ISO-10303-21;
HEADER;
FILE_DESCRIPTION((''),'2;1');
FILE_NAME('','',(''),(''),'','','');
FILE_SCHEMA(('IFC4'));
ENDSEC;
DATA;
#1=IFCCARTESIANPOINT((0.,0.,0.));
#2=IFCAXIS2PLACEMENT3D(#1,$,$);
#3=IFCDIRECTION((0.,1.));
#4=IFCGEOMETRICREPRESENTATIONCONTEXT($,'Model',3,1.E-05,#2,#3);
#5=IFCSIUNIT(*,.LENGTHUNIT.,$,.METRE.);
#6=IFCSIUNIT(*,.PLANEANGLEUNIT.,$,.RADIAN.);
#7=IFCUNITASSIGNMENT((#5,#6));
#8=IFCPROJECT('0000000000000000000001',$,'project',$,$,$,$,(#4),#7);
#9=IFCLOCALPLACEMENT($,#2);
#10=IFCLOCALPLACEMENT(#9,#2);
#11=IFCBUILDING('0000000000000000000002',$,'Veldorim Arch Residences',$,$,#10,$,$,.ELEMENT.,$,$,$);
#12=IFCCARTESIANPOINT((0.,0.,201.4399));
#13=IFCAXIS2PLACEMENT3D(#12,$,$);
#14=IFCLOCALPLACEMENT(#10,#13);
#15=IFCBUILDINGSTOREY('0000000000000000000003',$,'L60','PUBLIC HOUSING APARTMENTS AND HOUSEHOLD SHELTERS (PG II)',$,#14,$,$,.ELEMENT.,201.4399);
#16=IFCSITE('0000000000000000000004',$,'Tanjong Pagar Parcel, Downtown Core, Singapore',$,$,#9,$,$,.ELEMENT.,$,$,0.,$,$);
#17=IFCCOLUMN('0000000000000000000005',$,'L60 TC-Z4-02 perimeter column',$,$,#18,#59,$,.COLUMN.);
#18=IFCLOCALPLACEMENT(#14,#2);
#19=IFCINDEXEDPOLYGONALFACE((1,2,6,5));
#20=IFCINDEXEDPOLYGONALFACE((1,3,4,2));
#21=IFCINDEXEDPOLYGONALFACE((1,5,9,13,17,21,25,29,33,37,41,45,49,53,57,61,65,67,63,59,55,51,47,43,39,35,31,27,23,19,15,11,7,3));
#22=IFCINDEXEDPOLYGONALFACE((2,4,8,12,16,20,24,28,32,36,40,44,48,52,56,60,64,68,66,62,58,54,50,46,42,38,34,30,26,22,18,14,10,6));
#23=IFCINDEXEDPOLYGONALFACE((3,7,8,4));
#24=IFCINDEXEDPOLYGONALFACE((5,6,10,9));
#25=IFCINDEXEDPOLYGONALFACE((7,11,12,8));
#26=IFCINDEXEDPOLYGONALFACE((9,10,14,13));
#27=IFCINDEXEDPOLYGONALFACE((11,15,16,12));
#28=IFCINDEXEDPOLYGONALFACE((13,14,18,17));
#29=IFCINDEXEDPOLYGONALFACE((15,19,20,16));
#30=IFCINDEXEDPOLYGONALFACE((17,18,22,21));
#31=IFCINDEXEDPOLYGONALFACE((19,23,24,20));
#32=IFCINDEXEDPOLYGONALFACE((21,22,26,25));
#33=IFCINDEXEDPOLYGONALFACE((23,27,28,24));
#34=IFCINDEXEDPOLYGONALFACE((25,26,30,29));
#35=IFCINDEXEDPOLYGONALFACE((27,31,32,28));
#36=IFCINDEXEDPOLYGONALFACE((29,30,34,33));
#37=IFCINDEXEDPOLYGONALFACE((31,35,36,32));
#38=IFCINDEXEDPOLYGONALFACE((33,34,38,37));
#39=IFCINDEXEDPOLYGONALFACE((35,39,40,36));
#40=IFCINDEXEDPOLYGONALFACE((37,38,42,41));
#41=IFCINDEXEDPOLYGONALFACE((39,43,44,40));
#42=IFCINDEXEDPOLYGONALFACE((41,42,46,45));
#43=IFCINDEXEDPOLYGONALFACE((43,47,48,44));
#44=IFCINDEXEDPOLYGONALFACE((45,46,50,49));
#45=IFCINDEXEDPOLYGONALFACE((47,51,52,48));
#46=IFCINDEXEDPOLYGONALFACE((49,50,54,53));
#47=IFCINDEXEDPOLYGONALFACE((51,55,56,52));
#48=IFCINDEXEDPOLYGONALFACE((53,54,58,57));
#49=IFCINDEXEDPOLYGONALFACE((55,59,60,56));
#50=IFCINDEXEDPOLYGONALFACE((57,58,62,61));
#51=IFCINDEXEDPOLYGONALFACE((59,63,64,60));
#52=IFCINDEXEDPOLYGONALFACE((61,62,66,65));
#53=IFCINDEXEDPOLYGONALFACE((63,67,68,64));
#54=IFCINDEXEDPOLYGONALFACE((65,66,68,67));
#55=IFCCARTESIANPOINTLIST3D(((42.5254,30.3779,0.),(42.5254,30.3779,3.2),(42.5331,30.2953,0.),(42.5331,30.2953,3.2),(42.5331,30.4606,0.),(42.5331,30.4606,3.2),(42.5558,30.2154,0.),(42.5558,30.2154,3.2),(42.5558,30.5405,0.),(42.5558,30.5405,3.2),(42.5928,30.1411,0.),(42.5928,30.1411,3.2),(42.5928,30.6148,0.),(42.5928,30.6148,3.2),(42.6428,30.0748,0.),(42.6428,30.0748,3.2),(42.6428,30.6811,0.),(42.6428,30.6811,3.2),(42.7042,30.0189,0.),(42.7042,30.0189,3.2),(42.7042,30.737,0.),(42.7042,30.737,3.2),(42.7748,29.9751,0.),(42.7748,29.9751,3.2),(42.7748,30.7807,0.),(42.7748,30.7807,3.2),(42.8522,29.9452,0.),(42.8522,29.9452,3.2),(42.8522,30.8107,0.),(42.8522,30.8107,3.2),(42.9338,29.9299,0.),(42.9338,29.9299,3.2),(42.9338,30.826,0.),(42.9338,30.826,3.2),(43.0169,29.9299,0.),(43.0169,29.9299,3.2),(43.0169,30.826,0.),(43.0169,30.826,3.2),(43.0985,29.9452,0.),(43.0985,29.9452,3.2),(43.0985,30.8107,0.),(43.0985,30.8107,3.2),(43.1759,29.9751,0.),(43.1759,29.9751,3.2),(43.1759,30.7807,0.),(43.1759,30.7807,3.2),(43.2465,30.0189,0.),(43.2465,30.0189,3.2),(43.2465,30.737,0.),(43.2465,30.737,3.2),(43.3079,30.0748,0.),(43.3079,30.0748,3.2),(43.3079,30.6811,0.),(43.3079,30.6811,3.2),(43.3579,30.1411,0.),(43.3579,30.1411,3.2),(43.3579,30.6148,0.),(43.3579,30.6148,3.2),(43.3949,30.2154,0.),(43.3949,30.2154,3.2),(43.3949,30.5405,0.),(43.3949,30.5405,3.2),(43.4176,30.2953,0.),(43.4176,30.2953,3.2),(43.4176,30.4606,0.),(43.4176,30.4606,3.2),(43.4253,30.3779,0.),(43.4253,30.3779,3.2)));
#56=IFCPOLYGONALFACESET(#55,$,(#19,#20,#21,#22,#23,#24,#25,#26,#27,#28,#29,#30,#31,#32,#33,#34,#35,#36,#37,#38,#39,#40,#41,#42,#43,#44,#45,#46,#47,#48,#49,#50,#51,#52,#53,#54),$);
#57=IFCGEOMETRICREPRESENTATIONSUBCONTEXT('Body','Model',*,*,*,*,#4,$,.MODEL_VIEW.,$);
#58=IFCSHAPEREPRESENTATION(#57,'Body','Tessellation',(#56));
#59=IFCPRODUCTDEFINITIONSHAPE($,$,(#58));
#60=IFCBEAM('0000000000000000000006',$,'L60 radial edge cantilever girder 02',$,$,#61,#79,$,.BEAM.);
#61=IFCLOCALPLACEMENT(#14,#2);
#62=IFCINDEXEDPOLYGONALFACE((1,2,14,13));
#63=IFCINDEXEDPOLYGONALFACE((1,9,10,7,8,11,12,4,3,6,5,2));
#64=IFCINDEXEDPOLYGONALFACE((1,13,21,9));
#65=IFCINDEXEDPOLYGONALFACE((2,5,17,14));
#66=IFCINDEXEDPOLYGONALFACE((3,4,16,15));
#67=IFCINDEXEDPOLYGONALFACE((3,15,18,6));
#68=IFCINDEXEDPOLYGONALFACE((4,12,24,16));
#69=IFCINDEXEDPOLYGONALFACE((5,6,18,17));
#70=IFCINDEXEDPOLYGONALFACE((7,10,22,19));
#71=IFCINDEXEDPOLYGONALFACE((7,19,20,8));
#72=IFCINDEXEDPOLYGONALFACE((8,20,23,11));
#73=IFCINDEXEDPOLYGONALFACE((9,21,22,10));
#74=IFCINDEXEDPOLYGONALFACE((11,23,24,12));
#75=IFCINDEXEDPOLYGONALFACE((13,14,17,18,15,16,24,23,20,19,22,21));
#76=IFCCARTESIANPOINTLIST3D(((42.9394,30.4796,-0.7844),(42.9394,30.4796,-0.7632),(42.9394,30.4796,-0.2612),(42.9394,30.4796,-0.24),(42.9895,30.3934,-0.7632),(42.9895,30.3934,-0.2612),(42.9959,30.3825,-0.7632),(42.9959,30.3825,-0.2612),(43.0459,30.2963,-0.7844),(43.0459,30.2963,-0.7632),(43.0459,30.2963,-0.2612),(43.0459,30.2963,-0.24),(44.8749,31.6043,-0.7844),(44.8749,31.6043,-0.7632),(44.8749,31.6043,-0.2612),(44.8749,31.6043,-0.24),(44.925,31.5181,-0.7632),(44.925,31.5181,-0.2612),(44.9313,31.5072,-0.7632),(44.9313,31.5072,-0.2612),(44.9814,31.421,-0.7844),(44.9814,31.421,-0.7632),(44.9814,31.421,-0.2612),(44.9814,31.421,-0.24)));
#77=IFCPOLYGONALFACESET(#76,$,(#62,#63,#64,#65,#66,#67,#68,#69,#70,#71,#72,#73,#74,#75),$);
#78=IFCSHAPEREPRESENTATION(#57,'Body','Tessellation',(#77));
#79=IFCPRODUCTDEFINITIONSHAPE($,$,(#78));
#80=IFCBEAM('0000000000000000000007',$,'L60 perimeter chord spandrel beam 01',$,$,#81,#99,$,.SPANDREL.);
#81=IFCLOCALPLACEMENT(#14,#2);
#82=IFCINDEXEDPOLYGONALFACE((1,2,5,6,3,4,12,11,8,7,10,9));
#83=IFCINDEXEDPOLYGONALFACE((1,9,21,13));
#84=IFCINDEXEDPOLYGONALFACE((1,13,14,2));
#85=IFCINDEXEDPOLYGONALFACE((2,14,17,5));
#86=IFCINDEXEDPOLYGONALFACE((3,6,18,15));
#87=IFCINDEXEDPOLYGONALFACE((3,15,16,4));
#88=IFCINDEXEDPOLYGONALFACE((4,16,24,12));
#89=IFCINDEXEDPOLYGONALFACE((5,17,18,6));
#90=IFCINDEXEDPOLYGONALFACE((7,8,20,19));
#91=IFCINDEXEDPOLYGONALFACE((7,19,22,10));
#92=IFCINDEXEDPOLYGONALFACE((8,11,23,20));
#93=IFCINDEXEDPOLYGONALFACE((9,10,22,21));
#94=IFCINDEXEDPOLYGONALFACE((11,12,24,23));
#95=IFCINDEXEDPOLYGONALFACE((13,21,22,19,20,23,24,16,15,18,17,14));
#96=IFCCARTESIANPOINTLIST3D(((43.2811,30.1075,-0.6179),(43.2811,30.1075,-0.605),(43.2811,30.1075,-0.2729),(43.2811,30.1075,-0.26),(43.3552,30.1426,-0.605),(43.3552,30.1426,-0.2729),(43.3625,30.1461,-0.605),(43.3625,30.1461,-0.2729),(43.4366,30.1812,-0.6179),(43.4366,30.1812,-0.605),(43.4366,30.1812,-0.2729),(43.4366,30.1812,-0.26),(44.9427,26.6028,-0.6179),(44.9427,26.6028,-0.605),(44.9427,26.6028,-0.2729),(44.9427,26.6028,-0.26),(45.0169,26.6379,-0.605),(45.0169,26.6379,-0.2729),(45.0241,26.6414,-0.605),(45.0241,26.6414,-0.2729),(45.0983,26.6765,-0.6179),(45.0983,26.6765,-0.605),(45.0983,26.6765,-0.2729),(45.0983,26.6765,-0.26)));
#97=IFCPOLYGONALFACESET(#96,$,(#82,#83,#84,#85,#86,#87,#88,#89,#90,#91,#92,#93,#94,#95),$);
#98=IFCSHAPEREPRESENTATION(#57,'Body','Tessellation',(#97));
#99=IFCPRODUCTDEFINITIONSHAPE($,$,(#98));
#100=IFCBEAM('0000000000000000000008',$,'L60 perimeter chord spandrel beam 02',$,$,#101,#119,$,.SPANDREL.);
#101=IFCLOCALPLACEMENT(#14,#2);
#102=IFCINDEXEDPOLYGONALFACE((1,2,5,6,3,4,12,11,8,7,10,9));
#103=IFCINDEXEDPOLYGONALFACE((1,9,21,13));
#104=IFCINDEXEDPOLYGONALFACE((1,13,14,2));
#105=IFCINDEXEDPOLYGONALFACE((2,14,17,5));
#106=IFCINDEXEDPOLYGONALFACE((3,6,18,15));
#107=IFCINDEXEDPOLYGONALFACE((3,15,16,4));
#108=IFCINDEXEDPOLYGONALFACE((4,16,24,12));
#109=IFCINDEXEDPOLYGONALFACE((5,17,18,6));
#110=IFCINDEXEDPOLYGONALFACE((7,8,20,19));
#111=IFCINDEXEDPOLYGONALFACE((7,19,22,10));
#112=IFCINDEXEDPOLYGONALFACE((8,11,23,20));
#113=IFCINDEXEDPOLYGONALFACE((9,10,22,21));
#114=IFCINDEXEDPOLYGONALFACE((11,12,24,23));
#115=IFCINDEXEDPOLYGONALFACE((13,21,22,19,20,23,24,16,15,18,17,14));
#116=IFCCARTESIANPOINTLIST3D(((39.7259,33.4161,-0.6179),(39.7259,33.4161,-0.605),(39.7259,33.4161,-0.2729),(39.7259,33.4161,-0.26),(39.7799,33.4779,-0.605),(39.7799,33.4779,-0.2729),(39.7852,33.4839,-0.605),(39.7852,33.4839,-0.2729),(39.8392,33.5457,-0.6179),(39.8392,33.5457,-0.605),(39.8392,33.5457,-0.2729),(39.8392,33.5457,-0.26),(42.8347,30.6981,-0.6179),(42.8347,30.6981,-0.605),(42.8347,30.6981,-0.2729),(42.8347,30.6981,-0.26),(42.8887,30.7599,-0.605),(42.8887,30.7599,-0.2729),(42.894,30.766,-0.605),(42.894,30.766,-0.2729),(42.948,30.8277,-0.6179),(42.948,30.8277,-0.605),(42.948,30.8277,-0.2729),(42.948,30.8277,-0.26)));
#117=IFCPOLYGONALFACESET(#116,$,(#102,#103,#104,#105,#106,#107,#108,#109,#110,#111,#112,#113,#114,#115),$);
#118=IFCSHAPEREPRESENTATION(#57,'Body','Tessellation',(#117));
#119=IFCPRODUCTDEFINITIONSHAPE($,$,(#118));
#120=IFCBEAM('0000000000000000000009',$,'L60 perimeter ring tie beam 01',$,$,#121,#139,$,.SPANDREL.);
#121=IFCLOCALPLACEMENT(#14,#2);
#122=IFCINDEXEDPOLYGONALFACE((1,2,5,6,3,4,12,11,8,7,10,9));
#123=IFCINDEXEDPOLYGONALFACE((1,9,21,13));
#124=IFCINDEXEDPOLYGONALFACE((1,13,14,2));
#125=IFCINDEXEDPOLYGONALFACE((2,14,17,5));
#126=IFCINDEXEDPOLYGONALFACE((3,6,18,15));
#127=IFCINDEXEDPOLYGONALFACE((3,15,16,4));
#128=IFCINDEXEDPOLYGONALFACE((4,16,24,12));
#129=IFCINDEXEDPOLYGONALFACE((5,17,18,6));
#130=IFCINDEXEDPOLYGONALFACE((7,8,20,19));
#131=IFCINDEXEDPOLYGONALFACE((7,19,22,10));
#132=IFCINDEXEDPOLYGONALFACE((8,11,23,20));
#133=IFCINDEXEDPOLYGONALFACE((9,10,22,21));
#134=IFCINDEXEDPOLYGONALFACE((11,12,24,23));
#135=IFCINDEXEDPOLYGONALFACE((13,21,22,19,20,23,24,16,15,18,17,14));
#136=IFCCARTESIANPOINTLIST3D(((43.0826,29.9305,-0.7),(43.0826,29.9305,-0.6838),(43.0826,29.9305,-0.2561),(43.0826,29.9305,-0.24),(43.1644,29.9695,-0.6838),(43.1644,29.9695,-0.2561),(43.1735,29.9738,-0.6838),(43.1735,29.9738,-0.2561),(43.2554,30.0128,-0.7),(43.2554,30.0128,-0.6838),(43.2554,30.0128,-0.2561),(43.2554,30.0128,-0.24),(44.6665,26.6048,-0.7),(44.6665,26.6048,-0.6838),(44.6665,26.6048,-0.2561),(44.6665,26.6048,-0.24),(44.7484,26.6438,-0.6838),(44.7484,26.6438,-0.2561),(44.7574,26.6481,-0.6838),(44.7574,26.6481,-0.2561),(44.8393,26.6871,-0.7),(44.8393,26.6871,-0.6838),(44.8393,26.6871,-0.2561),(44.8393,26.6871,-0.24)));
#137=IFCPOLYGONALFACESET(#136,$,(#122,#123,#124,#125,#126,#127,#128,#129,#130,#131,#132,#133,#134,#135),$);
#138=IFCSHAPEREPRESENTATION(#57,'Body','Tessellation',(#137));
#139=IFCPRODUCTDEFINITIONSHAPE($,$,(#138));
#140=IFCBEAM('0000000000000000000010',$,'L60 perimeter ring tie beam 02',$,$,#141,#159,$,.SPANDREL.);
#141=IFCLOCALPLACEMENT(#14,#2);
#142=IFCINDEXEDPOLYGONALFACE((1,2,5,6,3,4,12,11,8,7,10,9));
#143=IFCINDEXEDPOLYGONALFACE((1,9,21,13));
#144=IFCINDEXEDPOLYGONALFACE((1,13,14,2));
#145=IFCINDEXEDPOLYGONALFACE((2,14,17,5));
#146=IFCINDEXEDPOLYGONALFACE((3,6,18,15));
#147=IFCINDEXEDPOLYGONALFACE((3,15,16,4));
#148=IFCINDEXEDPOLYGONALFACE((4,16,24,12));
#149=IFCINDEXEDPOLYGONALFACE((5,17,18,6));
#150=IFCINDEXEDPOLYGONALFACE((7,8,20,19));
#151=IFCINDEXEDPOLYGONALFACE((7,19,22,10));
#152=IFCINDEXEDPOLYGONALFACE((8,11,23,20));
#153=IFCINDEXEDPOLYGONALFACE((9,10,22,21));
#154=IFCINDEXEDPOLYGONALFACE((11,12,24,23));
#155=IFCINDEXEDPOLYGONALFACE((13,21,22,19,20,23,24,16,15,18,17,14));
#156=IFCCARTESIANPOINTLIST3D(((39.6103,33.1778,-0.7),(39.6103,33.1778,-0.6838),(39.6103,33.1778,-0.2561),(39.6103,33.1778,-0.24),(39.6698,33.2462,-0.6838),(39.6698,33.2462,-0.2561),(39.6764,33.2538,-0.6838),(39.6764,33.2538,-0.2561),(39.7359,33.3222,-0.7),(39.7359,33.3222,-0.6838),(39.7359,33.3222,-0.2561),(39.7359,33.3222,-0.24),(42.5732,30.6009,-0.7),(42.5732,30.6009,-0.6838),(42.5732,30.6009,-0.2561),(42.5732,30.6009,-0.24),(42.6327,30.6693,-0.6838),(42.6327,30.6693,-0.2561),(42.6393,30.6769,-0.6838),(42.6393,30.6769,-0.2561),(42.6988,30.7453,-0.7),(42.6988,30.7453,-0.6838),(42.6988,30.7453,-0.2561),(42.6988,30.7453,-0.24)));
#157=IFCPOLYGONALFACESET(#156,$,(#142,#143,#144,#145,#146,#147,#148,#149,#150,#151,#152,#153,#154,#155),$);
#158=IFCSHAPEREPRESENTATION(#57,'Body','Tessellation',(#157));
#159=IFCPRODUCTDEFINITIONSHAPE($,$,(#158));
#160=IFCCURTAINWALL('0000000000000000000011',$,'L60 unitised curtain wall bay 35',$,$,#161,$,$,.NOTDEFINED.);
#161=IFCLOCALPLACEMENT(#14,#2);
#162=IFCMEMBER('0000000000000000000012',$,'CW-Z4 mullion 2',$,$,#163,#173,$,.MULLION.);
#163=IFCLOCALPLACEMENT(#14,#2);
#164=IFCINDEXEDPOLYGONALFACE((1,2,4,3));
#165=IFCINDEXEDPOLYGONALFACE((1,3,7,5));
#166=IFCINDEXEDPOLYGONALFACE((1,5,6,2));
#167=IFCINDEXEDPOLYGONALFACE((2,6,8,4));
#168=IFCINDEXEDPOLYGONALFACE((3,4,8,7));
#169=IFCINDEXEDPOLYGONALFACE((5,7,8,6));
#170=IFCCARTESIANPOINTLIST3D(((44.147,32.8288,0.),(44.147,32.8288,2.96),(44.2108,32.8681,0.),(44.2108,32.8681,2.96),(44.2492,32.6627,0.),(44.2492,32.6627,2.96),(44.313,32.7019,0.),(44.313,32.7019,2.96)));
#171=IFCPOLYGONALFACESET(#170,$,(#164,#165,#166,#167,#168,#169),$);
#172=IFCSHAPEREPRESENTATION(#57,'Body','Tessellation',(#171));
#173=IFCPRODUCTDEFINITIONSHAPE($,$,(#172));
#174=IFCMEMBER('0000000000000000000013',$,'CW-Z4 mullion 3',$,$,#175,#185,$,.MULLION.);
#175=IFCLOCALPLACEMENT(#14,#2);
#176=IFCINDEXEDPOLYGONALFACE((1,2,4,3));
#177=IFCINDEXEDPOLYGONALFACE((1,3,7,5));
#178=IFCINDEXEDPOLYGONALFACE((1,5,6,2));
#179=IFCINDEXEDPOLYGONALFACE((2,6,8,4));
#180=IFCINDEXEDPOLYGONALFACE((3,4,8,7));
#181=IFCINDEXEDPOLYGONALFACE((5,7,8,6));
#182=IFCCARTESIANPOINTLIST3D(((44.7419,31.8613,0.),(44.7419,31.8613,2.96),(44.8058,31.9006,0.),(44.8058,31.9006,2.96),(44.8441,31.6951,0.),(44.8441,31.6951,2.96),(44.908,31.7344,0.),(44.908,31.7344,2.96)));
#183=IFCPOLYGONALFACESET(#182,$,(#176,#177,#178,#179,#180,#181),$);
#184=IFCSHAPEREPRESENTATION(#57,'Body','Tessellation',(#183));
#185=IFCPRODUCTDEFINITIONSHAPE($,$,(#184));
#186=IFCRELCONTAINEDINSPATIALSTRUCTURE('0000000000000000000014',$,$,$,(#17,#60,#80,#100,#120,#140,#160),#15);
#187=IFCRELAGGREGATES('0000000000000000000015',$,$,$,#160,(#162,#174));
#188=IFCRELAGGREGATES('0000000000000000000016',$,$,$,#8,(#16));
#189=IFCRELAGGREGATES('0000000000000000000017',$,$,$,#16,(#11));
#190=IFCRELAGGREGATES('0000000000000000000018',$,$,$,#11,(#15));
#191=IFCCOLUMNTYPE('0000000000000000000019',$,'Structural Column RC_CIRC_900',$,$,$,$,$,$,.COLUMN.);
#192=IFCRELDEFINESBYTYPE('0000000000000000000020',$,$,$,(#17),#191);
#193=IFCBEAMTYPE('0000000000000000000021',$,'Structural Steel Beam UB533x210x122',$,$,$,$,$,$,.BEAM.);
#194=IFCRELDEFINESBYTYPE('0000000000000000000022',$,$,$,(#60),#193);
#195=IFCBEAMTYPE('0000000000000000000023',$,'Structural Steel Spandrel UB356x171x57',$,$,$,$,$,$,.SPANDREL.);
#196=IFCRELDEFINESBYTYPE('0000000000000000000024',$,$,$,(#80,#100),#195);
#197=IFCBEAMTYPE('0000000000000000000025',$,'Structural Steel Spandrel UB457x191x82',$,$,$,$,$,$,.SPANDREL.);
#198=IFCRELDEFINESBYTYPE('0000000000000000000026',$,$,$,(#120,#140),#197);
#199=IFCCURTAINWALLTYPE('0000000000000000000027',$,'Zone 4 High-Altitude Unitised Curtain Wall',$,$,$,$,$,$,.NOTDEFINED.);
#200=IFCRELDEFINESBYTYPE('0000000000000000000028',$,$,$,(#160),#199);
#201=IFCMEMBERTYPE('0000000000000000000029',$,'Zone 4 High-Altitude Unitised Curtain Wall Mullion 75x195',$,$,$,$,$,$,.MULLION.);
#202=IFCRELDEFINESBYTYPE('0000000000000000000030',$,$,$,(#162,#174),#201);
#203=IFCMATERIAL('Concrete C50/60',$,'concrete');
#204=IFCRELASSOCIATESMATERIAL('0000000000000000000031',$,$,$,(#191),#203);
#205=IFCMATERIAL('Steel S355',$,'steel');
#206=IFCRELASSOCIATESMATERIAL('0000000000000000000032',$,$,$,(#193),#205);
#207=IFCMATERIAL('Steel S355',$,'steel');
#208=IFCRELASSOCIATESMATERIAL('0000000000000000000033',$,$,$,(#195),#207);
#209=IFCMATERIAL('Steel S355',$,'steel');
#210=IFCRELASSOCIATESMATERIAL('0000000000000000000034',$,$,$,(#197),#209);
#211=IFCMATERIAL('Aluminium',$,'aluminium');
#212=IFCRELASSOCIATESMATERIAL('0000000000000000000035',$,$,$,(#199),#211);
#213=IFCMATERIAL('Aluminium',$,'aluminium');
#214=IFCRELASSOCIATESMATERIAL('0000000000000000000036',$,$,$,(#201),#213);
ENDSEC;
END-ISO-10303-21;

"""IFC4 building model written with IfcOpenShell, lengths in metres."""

from ifc_helpers import new_model, si_unit, direction, frame, origin, origin_2d, place, context, subcontext, project, spatial, rectangle, circle, i_section, extrude, material, material_profile, profile_set, type_object, element, aggregate, save


model = new_model("IFC4")

# Units and contexts
model_context = context("Model", 3, precision=1e-05, world=origin(), true_north=direction((0.0, 1.0)))
body_context = subcontext(model_context, "Body", "Model", "MODEL_VIEW")
ifc_project = project(units=[si_unit("LENGTHUNIT", "METRE"), si_unit("PLANEANGLEUNIT", "RADIAN")], contexts=[model_context])

# Site, building, storey
site_placement = place(None, origin())
site = spatial("IfcSite", under=ifc_project, at=site_placement, Name="Tanjong Pagar Parcel, Downtown Core, Singapore", CompositionType="ELEMENT", RefElevation=0.0)
building_placement = place(site_placement, origin())
building = spatial("IfcBuilding", under=site, at=building_placement, Name="Veldorim Arch Residences", CompositionType="ELEMENT")
storey_placement = place(building_placement, frame((0.0, 0.0, 201.4399)))
storey = spatial("IfcBuildingStorey", under=building, at=storey_placement, Name="L60", Description="PUBLIC HOUSING APARTMENTS AND HOUSEHOLD SHELTERS (PG II)", CompositionType="ELEMENT", Elevation=201.4399)

# Column
ifc_material_1 = material(Name="Concrete C50/60", Category="concrete")
ifc_material_profile_1 = material_profile(ifc_material_1, circle(Radius=0.45, at=origin_2d()), Name="RC_CIRC_900")
ifc_profile_set_1 = profile_set([ifc_material_profile_1], Name="Concrete C50/60")
column_type = type_object("IfcColumnType", Name="Structural Column RC_CIRC_900", PredefinedType="COLUMN", material=ifc_profile_set_1)
column_placement = place(storey_placement, frame((42.9753, 30.3779, 0.0), z_axis=(0.0, 0.0, 1.0), x_axis=(1.0, 0.0, 0.0)))
element("IfcColumn", 1, at=column_placement, inside=storey, type_object=column_type, Name="L60 TC-Z4-02 perimeter column", PredefinedType="COLUMN", context=body_context, shape_type="SweptSolid", body=[
    extrude(circle(Radius=0.45, at=origin_2d()), origin(), (0.0, 0.0, 1.0), 3.2),
])

# Beams
ifc_material_2 = material(Name="Steel S355", Category="steel")
ifc_material_profile_2 = material_profile(ifc_material_2, i_section(OverallWidth=0.2119, OverallDepth=0.5444, WebThickness=0.0127, FlangeThickness=0.0212, at=origin_2d()), Name="UB533x210x122")
ifc_profile_set_2 = profile_set([ifc_material_profile_2], Name="Steel S355")
beam_type_1 = type_object("IfcBeamType", Name="Structural Steel Beam UB533x210x122", PredefinedType="BEAM", material=ifc_profile_set_2)
beam_1_placement = place(storey_placement, frame((42.9927, 30.3879, -0.5122), z_axis=(0.864616, 0.502433, 0.0), x_axis=(-0.502433, 0.864616, 0.0)))
element("IfcBeam", 2, at=beam_1_placement, inside=storey, type_object=beam_type_1, Name="L60 radial edge cantilever girder 02", PredefinedType="BEAM", context=body_context, shape_type="SweptSolid", body=[
    extrude(i_section(OverallWidth=0.2119, OverallDepth=0.5444, WebThickness=0.0127, FlangeThickness=0.0212, at=origin_2d()), origin(), (0.0, 0.0, 1.0), 2.2385),
])
ifc_material_3 = material(Name="Steel S355", Category="steel")
ifc_material_profile_3 = material_profile(ifc_material_3, i_section(OverallWidth=0.1721, OverallDepth=0.3579, WebThickness=0.0081, FlangeThickness=0.0129, at=origin_2d()), Name="UB356x171x57")
ifc_profile_set_3 = profile_set([ifc_material_profile_3], Name="Steel S355")
beam_type_2 = type_object("IfcBeamType", Name="Structural Steel Spandrel UB356x171x57", PredefinedType="SPANDREL", material=ifc_profile_set_3)
beam_2_placement = place(storey_placement, frame((45.0205, 26.6396, -0.439), z_axis=(-0.428408, 0.903585, 0.0), x_axis=(-0.903585, -0.428408, 0.0)))
element("IfcBeam", 3, at=beam_2_placement, inside=storey, type_object=beam_type_2, Name="L60 perimeter chord spandrel beam 01", PredefinedType="SPANDREL", context=body_context, shape_type="SweptSolid", body=[
    extrude(i_section(OverallWidth=0.1721, OverallDepth=0.3579, WebThickness=0.0081, FlangeThickness=0.0129, at=origin_2d()), origin(), (0.0, 0.0, 1.0), 3.8787),
])
beam_3_placement = place(storey_placement, frame((42.8914, 30.7629, -0.439), z_axis=(-0.752848, 0.658195, 0.0), x_axis=(-0.658195, -0.752848, 0.0)))
element("IfcBeam", 4, at=beam_3_placement, inside=storey, type_object=beam_type_2, Name="L60 perimeter chord spandrel beam 02", PredefinedType="SPANDREL", context=body_context, shape_type="SweptSolid", body=[
    extrude(i_section(OverallWidth=0.1721, OverallDepth=0.3579, WebThickness=0.0081, FlangeThickness=0.0129, at=origin_2d()), origin(), (0.0, 0.0, 1.0), 4.1294),
])
ifc_material_4 = material(Name="Steel S355", Category="steel")
ifc_material_profile_4 = material_profile(ifc_material_4, i_section(OverallWidth=0.1914, OverallDepth=0.46, WebThickness=0.01, FlangeThickness=0.0161, at=origin_2d()), Name="UB457x191x82")
ifc_profile_set_4 = profile_set([ifc_material_profile_4], Name="Steel S355")
beam_type_3 = type_object("IfcBeamType", Name="Structural Steel Spandrel UB457x191x82", PredefinedType="SPANDREL", material=ifc_profile_set_4)
beam_4_placement = place(storey_placement, frame((44.7529, 26.646, -0.47), z_axis=(-0.430006, 0.902826, 0.0), x_axis=(-0.902826, -0.430006, 0.0)))
element("IfcBeam", 5, at=beam_4_placement, inside=storey, type_object=beam_type_3, Name="L60 perimeter ring tie beam 01", PredefinedType="SPANDREL", context=body_context, shape_type="SweptSolid", body=[
    extrude(i_section(OverallWidth=0.1914, OverallDepth=0.46, WebThickness=0.01, FlangeThickness=0.0161, at=origin_2d()), origin(), (0.0, 0.0, 1.0), 3.6836),
])
beam_5_placement = place(storey_placement, frame((42.636, 30.6731, -0.47), z_axis=(-0.754545, 0.656248, 0.0), x_axis=(-0.656248, -0.754545, 0.0)))
element("IfcBeam", 6, at=beam_5_placement, inside=storey, type_object=beam_type_3, Name="L60 perimeter ring tie beam 02", PredefinedType="SPANDREL", context=body_context, shape_type="SweptSolid", body=[
    extrude(i_section(OverallWidth=0.1914, OverallDepth=0.46, WebThickness=0.01, FlangeThickness=0.0161, at=origin_2d()), origin(), (0.0, 0.0, 1.0), 3.9268),
])

# Curtain wall, members
ifc_material_5 = material(Name="Aluminium", Category="aluminium")
curtain_wall_type = type_object("IfcCurtainWallType", Name="Zone 4 High-Altitude Unitised Curtain Wall", PredefinedType="NOTDEFINED", material=ifc_material_5)
curtain_wall_placement = place(storey_placement, origin())
curtain_wall = element("IfcCurtainWall", 7, at=curtain_wall_placement, inside=storey, type_object=curtain_wall_type, Name="L60 unitised curtain wall bay 35", PredefinedType="NOTDEFINED")
ifc_material_6 = material(Name="Aluminium", Category="aluminium")
ifc_material_profile_5 = material_profile(ifc_material_6, rectangle(XDim=0.075, YDim=0.1951, at=origin_2d()), Name="ALU_MUL_75x195")
ifc_profile_set_5 = profile_set([ifc_material_profile_5], Name="Aluminium")
member_type_1 = type_object("IfcMemberType", Name="Zone 4 High-Altitude Unitised Curtain Wall Mullion 75x195", PredefinedType="MULLION", material=ifc_profile_set_5)
member_1_placement = place(storey_placement, frame((44.23, 32.7654, 0.0), z_axis=(0.0, 0.0, 1.0), x_axis=(0.851802, 0.523864, 0.0)))
member_1 = element("IfcMember", 8, at=member_1_placement, type_object=member_type_1, Name="CW-Z4 mullion 2", PredefinedType="MULLION", context=body_context, shape_type="SweptSolid", body=[
    extrude(rectangle(XDim=0.075, YDim=0.1951, at=origin_2d()), origin(), (0.0, 0.0, 1.0), 2.96),
])
member_2_placement = place(storey_placement, frame((44.825, 31.7979, 0.0), z_axis=(0.0, 0.0, 1.0), x_axis=(0.851802, 0.523864, 0.0)))
member_2 = element("IfcMember", 9, at=member_2_placement, type_object=member_type_1, Name="CW-Z4 mullion 3", PredefinedType="MULLION", context=body_context, shape_type="SweptSolid", body=[
    extrude(rectangle(XDim=0.075, YDim=0.1951, at=origin_2d()), origin(), (0.0, 0.0, 1.0), 2.96),
])
aggregate(curtain_wall, [member_1, member_2])

save(model, "model.ifc")
